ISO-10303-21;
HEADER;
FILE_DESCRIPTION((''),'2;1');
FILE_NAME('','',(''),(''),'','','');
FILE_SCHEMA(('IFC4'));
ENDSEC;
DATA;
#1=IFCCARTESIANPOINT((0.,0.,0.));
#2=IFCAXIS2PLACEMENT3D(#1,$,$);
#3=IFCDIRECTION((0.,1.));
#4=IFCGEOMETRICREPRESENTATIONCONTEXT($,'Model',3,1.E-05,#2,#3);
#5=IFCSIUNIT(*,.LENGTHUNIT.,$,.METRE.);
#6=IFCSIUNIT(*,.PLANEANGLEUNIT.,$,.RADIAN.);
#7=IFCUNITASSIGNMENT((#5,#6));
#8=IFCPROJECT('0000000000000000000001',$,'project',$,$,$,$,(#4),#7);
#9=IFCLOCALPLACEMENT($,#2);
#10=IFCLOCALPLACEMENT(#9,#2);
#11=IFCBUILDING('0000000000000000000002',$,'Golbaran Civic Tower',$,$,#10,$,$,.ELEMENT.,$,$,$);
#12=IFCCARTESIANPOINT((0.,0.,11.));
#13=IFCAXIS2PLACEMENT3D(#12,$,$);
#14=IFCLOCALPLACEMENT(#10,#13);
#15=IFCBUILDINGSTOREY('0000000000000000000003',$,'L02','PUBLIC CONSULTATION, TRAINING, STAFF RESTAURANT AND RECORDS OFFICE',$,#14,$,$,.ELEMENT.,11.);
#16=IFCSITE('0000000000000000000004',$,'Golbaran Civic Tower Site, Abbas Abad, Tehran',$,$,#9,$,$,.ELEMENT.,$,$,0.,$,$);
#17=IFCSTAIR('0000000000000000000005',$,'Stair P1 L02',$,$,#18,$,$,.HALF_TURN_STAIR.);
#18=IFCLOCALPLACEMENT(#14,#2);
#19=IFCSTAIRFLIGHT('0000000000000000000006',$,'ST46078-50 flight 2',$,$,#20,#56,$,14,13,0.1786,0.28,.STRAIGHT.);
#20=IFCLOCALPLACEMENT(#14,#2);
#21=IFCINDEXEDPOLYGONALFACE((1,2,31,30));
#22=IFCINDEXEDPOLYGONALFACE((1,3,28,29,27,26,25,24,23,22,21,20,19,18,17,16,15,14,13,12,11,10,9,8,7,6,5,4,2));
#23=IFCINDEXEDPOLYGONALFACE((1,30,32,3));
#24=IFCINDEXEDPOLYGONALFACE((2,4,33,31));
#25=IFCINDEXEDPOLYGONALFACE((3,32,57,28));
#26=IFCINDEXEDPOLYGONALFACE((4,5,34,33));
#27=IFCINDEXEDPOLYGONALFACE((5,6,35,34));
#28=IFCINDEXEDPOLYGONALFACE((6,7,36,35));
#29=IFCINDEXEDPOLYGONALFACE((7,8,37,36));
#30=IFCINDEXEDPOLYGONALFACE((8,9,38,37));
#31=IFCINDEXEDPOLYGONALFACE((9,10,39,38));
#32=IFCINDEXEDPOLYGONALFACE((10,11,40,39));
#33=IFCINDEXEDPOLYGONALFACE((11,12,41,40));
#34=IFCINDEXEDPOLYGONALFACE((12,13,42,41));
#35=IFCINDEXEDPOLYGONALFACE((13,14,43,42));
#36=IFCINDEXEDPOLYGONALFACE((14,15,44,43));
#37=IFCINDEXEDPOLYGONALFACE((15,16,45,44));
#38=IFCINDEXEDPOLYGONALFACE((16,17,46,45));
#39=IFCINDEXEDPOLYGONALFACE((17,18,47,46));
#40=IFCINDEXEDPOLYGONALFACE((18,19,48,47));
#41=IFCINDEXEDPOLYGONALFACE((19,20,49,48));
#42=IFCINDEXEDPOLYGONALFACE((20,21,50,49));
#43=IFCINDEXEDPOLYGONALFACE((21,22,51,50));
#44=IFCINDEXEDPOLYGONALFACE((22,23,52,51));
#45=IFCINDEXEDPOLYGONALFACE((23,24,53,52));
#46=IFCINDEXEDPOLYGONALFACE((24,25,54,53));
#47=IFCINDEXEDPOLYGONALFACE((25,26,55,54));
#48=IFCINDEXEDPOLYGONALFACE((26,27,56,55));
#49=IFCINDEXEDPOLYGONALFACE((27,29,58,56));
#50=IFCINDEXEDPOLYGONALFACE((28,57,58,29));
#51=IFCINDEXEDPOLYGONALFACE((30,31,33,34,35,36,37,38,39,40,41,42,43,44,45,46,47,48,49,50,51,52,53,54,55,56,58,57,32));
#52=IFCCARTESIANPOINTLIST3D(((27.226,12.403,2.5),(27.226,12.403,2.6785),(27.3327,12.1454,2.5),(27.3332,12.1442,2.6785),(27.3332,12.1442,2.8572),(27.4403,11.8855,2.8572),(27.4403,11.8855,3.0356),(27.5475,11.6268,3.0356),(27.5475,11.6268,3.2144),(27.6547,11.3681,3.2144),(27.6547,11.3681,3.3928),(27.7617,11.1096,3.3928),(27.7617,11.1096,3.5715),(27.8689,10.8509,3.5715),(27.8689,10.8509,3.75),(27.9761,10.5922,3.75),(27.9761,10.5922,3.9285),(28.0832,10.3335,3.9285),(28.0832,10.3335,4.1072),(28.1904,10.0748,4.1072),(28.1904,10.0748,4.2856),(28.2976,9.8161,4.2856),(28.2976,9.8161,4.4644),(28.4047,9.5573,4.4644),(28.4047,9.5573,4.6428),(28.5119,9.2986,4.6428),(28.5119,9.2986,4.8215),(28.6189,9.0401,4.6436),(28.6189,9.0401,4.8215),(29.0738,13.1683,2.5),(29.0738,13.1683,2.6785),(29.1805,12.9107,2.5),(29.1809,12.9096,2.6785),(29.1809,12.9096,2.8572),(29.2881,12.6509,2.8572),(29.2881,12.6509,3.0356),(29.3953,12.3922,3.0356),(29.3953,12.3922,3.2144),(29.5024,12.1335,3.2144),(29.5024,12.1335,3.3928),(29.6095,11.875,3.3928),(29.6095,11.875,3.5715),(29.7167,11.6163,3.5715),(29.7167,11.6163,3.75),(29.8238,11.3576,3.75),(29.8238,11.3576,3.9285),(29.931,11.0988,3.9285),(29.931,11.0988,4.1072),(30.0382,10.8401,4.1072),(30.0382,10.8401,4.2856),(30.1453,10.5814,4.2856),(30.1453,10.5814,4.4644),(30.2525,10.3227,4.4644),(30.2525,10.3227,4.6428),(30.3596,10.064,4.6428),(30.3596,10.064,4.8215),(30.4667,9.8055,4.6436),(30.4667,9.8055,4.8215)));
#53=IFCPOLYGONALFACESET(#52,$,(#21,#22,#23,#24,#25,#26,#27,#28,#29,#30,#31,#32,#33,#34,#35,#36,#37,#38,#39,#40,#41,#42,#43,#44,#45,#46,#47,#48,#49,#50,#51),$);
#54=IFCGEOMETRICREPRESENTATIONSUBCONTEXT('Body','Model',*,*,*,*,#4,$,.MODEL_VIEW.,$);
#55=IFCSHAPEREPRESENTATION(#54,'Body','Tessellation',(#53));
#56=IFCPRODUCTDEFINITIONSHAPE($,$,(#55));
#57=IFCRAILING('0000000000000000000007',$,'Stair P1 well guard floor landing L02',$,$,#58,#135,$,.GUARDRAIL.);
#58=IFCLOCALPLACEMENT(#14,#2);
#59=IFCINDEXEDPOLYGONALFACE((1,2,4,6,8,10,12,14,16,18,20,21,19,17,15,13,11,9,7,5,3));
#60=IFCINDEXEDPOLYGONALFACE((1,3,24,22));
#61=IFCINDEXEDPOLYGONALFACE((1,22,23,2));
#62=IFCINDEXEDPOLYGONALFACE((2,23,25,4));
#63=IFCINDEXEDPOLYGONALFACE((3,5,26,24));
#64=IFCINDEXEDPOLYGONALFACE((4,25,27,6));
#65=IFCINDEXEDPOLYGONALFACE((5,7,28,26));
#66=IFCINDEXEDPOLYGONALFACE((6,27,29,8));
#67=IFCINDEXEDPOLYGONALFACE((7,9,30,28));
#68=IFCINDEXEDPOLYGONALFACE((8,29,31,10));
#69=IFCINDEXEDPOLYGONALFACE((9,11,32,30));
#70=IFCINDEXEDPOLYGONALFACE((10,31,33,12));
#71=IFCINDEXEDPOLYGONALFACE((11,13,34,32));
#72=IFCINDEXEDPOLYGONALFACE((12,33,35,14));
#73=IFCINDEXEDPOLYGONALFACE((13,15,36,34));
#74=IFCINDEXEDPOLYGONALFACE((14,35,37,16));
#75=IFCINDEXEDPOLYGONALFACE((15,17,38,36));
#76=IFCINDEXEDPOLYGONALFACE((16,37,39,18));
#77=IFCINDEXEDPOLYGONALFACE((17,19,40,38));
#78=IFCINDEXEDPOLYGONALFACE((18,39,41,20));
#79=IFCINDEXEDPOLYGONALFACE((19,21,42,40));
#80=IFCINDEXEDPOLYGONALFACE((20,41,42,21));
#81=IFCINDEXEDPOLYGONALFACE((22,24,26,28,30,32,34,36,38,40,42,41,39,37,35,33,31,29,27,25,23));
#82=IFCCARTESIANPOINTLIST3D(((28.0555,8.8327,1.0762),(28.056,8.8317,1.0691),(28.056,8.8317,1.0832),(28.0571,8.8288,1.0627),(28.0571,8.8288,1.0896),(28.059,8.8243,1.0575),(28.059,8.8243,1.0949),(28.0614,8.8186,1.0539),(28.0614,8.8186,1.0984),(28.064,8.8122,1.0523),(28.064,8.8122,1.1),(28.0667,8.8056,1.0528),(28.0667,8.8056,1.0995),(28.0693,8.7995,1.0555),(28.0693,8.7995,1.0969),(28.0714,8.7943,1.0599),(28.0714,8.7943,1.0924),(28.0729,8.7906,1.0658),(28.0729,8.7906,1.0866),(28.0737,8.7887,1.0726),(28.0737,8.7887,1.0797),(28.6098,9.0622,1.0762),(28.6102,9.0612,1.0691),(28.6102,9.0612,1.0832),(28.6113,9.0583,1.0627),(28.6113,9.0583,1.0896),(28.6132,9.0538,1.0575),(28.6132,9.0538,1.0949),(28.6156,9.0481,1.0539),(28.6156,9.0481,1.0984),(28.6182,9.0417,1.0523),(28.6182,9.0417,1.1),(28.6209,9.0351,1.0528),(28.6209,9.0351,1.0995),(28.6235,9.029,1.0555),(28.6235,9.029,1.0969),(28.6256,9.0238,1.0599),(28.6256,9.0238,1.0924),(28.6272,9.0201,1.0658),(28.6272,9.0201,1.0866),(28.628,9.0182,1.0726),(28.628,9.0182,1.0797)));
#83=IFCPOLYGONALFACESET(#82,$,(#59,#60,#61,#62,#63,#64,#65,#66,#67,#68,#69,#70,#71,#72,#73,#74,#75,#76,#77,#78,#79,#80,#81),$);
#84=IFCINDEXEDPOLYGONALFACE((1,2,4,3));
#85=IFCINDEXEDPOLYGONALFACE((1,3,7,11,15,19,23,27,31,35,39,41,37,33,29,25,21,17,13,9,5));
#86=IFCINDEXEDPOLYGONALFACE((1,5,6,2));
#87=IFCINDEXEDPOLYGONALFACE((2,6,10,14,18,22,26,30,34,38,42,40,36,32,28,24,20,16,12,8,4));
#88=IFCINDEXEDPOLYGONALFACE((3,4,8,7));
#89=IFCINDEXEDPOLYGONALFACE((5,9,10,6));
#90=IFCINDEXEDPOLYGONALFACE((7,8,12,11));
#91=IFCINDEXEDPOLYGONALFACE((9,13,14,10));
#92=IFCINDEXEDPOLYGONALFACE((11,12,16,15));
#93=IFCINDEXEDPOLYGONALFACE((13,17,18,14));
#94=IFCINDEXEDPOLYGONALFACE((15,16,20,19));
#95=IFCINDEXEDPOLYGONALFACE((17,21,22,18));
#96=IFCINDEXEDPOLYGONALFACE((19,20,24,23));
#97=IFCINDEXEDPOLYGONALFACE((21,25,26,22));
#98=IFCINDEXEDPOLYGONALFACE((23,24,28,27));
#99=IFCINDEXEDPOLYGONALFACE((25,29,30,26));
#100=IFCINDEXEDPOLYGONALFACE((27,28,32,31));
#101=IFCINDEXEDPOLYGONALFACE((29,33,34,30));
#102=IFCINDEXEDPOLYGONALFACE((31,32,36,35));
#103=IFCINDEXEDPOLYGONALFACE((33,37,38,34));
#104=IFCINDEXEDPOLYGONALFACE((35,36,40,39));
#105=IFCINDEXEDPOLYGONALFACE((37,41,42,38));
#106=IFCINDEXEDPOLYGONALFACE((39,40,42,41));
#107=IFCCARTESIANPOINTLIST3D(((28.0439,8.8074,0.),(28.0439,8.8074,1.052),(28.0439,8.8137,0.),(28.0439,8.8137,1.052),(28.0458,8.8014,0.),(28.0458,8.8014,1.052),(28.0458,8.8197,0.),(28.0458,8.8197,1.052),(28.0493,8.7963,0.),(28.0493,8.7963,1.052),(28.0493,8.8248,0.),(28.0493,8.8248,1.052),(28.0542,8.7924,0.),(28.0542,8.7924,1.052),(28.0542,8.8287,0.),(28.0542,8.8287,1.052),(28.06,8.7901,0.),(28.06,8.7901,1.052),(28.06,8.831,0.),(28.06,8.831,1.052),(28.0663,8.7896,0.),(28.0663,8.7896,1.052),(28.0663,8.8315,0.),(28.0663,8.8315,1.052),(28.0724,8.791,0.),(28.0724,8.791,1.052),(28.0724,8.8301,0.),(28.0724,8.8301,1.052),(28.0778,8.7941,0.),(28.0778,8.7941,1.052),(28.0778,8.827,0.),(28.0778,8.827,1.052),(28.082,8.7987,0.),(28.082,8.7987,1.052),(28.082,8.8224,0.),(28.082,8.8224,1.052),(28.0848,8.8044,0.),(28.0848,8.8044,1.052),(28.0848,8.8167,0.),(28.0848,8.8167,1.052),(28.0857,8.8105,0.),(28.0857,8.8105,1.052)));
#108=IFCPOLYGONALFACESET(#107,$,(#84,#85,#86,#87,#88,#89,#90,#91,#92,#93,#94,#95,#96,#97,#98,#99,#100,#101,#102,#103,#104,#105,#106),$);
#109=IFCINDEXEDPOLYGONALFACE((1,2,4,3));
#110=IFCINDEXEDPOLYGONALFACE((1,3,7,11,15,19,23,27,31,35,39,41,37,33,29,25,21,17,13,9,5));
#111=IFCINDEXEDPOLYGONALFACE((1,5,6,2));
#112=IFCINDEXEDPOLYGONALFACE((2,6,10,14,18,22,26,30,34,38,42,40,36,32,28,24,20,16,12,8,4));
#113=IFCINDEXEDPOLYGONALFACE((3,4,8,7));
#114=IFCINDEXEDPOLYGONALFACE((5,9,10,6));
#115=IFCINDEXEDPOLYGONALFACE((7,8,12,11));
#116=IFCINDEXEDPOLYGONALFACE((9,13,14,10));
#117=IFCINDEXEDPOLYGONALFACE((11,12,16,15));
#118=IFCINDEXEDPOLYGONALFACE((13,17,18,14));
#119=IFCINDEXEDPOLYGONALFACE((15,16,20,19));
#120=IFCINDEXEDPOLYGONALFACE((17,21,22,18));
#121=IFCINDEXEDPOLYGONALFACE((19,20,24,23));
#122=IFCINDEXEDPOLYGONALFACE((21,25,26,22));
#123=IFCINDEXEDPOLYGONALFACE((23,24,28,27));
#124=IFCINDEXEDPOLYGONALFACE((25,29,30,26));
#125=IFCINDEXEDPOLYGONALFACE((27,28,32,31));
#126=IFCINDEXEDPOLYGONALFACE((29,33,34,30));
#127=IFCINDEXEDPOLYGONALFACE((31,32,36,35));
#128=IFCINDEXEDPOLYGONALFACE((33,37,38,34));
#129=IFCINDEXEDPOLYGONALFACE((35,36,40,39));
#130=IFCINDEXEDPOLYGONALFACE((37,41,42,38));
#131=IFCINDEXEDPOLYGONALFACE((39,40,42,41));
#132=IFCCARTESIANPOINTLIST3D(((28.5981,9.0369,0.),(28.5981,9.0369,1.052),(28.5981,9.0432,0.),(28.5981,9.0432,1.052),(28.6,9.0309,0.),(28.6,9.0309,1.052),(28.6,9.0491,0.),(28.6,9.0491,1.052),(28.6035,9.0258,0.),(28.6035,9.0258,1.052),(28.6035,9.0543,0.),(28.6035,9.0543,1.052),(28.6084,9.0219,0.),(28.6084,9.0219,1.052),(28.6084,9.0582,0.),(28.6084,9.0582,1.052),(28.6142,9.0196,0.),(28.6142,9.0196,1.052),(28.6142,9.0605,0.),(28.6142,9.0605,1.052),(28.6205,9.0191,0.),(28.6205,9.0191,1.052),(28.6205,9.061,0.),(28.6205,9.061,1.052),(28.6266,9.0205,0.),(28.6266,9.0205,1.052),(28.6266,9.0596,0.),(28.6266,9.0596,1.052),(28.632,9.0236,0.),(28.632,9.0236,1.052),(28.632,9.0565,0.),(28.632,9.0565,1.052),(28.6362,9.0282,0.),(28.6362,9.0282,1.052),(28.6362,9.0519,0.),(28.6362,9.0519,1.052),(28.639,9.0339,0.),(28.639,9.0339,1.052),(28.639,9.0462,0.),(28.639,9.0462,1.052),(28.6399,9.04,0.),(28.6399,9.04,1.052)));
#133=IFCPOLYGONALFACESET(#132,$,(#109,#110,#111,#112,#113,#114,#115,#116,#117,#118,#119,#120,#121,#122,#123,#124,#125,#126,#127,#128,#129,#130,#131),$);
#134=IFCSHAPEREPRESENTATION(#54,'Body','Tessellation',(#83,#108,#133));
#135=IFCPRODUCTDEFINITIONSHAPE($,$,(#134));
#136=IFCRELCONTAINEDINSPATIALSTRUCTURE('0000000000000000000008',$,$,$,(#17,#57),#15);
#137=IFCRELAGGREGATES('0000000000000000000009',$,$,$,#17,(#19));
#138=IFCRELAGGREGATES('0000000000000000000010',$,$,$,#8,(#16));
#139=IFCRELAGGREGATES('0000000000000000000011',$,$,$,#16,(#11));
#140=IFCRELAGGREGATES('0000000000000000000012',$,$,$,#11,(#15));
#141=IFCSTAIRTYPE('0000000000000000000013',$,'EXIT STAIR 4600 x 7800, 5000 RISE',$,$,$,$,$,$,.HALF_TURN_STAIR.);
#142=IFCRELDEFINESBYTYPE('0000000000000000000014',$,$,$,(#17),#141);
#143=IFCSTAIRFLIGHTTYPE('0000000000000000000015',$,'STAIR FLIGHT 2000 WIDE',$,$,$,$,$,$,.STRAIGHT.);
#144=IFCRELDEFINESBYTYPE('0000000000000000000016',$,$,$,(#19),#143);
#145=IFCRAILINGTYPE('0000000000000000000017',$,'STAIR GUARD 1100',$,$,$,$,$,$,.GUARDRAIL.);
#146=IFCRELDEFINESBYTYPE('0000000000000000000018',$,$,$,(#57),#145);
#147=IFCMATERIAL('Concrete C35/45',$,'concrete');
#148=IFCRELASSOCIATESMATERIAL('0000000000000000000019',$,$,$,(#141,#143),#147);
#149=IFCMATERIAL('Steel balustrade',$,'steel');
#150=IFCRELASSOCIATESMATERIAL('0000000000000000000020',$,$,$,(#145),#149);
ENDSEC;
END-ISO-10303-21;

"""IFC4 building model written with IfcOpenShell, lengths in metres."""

from ifc_helpers import new_model, si_unit, direction, frame, origin, origin_2d, place, context, subcontext, project, spatial, polyline, circle, outline, extrude, material, type_object, element, aggregate, save


model = new_model("IFC4")

# Units and contexts
model_context = context("Model", 3, precision=1e-05, world=origin(), true_north=direction((0.0, 1.0)))
body_context = subcontext(model_context, "Body", "Model", "MODEL_VIEW")
ifc_project = project(units=[si_unit("LENGTHUNIT", "METRE"), si_unit("PLANEANGLEUNIT", "RADIAN")], contexts=[model_context])

# Site, building, storey
site_placement = place(None, origin())
site = spatial("IfcSite", under=ifc_project, at=site_placement, Name="Golbaran Civic Tower Site, Abbas Abad, Tehran", CompositionType="ELEMENT", RefElevation=0.0)
building_placement = place(site_placement, origin())
building = spatial("IfcBuilding", under=site, at=building_placement, Name="Golbaran Civic Tower", CompositionType="ELEMENT")
storey_placement = place(building_placement, frame((0.0, 0.0, 11.0)))
storey = spatial("IfcBuildingStorey", under=building, at=storey_placement, Name="L02", Description="PUBLIC CONSULTATION, TRAINING, STAFF RESTAURANT AND RECORDS OFFICE", CompositionType="ELEMENT", Elevation=11.0)

# Stair, stair flight
ifc_material_1 = material(Name="Concrete C35/45", Category="concrete")
stair_type = type_object("IfcStairType", Name="EXIT STAIR 4600 x 7800, 5000 RISE", PredefinedType="HALF_TURN_STAIR", material=ifc_material_1)
stair_placement = place(storey_placement, origin())
stair = element("IfcStair", 1, at=stair_placement, inside=storey, type_object=stair_type, Name="Stair P1 L02", PredefinedType="HALF_TURN_STAIR")
stair_flight_type = type_object("IfcStairFlightType", Name="STAIR FLIGHT 2000 WIDE", PredefinedType="STRAIGHT", material=ifc_material_1)
stair_flight_1_placement = place(storey_placement, frame((28.1499, 12.7856, 2.5), z_axis=(0.0, 0.0, 1.0), x_axis=(0.382683, -0.92388, 0.0)))
stair_flight_1 = element("IfcStairFlight", 2, at=stair_flight_1_placement, type_object=stair_flight_type, Name="ST46078-50 flight 2", NumberOfRisers=14, NumberOfTreads=13, PredefinedType="STRAIGHT", RiserHeight=0.1786, TreadLength=0.28, context=body_context, shape_type="SweptSolid", body=[
    extrude(outline(polyline([(0.0, 0.0), (0.0, 0.1785), (0.28, 0.1785), (0.28, 0.3572), (0.5601, 0.3572), (0.5601, 0.5356), (0.8401, 0.5356), (0.8401, 0.7144), (1.1201, 0.7144), (1.1201, 0.8928), (1.3999, 0.8928), (1.3999, 1.0715), (1.6799, 1.0715), (1.6799, 1.25), (1.96, 1.25), (1.96, 1.4285), (2.24, 1.4285), (2.24, 1.6072), (2.52, 1.6072), (2.52, 1.7856), (2.8, 1.7856), (2.8, 1.9644), (3.0801, 1.9644), (3.0801, 2.1428), (3.3601, 2.1428), (3.3601, 2.3215), (3.6399, 2.3215), (3.6399, 2.5), (3.6399, 2.1436), (0.2788, 0.0), (0.0, 0.0)])), frame((0.0, 1.0, 0.0), z_axis=(0.0, -1.0, 0.0), x_axis=(1.0, 0.0, 0.0)), (0.0, 0.0, 1.0), 2.0),
])
aggregate(stair, [stair_flight_1])

# Railing
ifc_material_2 = material(Name="Steel balustrade", Category="steel")
railing_type_1 = type_object("IfcRailingType", Name="STAIR GUARD 1100", PredefinedType="GUARDRAIL", material=ifc_material_2)
railing_1_placement = place(storey_placement, frame((28.0647, 8.8105, 0.0)))
element("IfcRailing", 3, at=railing_1_placement, inside=storey, type_object=railing_type_1, Name="Stair P1 well guard floor landing L02", PredefinedType="GUARDRAIL", context=body_context, shape_type="SweptSolid", body=[
    extrude(circle(Radius=0.0239, at=origin_2d()), frame((0.0, 0.0, 1.0762), z_axis=(0.923918, 0.382591, 0.0), x_axis=(-0.382591, 0.923918, 0.0)), (0.0, 0.0, 1.0), 0.5999),
    extrude(circle(Radius=0.021, at=origin_2d()), origin(), (0.0, 0.0, 1.0), 1.052),
    extrude(circle(Radius=0.021, at=origin_2d()), frame((0.5542, 0.2295, 0.0)), (0.0, 0.0, 1.0), 1.052),
])

save(model, "model.ifc")
